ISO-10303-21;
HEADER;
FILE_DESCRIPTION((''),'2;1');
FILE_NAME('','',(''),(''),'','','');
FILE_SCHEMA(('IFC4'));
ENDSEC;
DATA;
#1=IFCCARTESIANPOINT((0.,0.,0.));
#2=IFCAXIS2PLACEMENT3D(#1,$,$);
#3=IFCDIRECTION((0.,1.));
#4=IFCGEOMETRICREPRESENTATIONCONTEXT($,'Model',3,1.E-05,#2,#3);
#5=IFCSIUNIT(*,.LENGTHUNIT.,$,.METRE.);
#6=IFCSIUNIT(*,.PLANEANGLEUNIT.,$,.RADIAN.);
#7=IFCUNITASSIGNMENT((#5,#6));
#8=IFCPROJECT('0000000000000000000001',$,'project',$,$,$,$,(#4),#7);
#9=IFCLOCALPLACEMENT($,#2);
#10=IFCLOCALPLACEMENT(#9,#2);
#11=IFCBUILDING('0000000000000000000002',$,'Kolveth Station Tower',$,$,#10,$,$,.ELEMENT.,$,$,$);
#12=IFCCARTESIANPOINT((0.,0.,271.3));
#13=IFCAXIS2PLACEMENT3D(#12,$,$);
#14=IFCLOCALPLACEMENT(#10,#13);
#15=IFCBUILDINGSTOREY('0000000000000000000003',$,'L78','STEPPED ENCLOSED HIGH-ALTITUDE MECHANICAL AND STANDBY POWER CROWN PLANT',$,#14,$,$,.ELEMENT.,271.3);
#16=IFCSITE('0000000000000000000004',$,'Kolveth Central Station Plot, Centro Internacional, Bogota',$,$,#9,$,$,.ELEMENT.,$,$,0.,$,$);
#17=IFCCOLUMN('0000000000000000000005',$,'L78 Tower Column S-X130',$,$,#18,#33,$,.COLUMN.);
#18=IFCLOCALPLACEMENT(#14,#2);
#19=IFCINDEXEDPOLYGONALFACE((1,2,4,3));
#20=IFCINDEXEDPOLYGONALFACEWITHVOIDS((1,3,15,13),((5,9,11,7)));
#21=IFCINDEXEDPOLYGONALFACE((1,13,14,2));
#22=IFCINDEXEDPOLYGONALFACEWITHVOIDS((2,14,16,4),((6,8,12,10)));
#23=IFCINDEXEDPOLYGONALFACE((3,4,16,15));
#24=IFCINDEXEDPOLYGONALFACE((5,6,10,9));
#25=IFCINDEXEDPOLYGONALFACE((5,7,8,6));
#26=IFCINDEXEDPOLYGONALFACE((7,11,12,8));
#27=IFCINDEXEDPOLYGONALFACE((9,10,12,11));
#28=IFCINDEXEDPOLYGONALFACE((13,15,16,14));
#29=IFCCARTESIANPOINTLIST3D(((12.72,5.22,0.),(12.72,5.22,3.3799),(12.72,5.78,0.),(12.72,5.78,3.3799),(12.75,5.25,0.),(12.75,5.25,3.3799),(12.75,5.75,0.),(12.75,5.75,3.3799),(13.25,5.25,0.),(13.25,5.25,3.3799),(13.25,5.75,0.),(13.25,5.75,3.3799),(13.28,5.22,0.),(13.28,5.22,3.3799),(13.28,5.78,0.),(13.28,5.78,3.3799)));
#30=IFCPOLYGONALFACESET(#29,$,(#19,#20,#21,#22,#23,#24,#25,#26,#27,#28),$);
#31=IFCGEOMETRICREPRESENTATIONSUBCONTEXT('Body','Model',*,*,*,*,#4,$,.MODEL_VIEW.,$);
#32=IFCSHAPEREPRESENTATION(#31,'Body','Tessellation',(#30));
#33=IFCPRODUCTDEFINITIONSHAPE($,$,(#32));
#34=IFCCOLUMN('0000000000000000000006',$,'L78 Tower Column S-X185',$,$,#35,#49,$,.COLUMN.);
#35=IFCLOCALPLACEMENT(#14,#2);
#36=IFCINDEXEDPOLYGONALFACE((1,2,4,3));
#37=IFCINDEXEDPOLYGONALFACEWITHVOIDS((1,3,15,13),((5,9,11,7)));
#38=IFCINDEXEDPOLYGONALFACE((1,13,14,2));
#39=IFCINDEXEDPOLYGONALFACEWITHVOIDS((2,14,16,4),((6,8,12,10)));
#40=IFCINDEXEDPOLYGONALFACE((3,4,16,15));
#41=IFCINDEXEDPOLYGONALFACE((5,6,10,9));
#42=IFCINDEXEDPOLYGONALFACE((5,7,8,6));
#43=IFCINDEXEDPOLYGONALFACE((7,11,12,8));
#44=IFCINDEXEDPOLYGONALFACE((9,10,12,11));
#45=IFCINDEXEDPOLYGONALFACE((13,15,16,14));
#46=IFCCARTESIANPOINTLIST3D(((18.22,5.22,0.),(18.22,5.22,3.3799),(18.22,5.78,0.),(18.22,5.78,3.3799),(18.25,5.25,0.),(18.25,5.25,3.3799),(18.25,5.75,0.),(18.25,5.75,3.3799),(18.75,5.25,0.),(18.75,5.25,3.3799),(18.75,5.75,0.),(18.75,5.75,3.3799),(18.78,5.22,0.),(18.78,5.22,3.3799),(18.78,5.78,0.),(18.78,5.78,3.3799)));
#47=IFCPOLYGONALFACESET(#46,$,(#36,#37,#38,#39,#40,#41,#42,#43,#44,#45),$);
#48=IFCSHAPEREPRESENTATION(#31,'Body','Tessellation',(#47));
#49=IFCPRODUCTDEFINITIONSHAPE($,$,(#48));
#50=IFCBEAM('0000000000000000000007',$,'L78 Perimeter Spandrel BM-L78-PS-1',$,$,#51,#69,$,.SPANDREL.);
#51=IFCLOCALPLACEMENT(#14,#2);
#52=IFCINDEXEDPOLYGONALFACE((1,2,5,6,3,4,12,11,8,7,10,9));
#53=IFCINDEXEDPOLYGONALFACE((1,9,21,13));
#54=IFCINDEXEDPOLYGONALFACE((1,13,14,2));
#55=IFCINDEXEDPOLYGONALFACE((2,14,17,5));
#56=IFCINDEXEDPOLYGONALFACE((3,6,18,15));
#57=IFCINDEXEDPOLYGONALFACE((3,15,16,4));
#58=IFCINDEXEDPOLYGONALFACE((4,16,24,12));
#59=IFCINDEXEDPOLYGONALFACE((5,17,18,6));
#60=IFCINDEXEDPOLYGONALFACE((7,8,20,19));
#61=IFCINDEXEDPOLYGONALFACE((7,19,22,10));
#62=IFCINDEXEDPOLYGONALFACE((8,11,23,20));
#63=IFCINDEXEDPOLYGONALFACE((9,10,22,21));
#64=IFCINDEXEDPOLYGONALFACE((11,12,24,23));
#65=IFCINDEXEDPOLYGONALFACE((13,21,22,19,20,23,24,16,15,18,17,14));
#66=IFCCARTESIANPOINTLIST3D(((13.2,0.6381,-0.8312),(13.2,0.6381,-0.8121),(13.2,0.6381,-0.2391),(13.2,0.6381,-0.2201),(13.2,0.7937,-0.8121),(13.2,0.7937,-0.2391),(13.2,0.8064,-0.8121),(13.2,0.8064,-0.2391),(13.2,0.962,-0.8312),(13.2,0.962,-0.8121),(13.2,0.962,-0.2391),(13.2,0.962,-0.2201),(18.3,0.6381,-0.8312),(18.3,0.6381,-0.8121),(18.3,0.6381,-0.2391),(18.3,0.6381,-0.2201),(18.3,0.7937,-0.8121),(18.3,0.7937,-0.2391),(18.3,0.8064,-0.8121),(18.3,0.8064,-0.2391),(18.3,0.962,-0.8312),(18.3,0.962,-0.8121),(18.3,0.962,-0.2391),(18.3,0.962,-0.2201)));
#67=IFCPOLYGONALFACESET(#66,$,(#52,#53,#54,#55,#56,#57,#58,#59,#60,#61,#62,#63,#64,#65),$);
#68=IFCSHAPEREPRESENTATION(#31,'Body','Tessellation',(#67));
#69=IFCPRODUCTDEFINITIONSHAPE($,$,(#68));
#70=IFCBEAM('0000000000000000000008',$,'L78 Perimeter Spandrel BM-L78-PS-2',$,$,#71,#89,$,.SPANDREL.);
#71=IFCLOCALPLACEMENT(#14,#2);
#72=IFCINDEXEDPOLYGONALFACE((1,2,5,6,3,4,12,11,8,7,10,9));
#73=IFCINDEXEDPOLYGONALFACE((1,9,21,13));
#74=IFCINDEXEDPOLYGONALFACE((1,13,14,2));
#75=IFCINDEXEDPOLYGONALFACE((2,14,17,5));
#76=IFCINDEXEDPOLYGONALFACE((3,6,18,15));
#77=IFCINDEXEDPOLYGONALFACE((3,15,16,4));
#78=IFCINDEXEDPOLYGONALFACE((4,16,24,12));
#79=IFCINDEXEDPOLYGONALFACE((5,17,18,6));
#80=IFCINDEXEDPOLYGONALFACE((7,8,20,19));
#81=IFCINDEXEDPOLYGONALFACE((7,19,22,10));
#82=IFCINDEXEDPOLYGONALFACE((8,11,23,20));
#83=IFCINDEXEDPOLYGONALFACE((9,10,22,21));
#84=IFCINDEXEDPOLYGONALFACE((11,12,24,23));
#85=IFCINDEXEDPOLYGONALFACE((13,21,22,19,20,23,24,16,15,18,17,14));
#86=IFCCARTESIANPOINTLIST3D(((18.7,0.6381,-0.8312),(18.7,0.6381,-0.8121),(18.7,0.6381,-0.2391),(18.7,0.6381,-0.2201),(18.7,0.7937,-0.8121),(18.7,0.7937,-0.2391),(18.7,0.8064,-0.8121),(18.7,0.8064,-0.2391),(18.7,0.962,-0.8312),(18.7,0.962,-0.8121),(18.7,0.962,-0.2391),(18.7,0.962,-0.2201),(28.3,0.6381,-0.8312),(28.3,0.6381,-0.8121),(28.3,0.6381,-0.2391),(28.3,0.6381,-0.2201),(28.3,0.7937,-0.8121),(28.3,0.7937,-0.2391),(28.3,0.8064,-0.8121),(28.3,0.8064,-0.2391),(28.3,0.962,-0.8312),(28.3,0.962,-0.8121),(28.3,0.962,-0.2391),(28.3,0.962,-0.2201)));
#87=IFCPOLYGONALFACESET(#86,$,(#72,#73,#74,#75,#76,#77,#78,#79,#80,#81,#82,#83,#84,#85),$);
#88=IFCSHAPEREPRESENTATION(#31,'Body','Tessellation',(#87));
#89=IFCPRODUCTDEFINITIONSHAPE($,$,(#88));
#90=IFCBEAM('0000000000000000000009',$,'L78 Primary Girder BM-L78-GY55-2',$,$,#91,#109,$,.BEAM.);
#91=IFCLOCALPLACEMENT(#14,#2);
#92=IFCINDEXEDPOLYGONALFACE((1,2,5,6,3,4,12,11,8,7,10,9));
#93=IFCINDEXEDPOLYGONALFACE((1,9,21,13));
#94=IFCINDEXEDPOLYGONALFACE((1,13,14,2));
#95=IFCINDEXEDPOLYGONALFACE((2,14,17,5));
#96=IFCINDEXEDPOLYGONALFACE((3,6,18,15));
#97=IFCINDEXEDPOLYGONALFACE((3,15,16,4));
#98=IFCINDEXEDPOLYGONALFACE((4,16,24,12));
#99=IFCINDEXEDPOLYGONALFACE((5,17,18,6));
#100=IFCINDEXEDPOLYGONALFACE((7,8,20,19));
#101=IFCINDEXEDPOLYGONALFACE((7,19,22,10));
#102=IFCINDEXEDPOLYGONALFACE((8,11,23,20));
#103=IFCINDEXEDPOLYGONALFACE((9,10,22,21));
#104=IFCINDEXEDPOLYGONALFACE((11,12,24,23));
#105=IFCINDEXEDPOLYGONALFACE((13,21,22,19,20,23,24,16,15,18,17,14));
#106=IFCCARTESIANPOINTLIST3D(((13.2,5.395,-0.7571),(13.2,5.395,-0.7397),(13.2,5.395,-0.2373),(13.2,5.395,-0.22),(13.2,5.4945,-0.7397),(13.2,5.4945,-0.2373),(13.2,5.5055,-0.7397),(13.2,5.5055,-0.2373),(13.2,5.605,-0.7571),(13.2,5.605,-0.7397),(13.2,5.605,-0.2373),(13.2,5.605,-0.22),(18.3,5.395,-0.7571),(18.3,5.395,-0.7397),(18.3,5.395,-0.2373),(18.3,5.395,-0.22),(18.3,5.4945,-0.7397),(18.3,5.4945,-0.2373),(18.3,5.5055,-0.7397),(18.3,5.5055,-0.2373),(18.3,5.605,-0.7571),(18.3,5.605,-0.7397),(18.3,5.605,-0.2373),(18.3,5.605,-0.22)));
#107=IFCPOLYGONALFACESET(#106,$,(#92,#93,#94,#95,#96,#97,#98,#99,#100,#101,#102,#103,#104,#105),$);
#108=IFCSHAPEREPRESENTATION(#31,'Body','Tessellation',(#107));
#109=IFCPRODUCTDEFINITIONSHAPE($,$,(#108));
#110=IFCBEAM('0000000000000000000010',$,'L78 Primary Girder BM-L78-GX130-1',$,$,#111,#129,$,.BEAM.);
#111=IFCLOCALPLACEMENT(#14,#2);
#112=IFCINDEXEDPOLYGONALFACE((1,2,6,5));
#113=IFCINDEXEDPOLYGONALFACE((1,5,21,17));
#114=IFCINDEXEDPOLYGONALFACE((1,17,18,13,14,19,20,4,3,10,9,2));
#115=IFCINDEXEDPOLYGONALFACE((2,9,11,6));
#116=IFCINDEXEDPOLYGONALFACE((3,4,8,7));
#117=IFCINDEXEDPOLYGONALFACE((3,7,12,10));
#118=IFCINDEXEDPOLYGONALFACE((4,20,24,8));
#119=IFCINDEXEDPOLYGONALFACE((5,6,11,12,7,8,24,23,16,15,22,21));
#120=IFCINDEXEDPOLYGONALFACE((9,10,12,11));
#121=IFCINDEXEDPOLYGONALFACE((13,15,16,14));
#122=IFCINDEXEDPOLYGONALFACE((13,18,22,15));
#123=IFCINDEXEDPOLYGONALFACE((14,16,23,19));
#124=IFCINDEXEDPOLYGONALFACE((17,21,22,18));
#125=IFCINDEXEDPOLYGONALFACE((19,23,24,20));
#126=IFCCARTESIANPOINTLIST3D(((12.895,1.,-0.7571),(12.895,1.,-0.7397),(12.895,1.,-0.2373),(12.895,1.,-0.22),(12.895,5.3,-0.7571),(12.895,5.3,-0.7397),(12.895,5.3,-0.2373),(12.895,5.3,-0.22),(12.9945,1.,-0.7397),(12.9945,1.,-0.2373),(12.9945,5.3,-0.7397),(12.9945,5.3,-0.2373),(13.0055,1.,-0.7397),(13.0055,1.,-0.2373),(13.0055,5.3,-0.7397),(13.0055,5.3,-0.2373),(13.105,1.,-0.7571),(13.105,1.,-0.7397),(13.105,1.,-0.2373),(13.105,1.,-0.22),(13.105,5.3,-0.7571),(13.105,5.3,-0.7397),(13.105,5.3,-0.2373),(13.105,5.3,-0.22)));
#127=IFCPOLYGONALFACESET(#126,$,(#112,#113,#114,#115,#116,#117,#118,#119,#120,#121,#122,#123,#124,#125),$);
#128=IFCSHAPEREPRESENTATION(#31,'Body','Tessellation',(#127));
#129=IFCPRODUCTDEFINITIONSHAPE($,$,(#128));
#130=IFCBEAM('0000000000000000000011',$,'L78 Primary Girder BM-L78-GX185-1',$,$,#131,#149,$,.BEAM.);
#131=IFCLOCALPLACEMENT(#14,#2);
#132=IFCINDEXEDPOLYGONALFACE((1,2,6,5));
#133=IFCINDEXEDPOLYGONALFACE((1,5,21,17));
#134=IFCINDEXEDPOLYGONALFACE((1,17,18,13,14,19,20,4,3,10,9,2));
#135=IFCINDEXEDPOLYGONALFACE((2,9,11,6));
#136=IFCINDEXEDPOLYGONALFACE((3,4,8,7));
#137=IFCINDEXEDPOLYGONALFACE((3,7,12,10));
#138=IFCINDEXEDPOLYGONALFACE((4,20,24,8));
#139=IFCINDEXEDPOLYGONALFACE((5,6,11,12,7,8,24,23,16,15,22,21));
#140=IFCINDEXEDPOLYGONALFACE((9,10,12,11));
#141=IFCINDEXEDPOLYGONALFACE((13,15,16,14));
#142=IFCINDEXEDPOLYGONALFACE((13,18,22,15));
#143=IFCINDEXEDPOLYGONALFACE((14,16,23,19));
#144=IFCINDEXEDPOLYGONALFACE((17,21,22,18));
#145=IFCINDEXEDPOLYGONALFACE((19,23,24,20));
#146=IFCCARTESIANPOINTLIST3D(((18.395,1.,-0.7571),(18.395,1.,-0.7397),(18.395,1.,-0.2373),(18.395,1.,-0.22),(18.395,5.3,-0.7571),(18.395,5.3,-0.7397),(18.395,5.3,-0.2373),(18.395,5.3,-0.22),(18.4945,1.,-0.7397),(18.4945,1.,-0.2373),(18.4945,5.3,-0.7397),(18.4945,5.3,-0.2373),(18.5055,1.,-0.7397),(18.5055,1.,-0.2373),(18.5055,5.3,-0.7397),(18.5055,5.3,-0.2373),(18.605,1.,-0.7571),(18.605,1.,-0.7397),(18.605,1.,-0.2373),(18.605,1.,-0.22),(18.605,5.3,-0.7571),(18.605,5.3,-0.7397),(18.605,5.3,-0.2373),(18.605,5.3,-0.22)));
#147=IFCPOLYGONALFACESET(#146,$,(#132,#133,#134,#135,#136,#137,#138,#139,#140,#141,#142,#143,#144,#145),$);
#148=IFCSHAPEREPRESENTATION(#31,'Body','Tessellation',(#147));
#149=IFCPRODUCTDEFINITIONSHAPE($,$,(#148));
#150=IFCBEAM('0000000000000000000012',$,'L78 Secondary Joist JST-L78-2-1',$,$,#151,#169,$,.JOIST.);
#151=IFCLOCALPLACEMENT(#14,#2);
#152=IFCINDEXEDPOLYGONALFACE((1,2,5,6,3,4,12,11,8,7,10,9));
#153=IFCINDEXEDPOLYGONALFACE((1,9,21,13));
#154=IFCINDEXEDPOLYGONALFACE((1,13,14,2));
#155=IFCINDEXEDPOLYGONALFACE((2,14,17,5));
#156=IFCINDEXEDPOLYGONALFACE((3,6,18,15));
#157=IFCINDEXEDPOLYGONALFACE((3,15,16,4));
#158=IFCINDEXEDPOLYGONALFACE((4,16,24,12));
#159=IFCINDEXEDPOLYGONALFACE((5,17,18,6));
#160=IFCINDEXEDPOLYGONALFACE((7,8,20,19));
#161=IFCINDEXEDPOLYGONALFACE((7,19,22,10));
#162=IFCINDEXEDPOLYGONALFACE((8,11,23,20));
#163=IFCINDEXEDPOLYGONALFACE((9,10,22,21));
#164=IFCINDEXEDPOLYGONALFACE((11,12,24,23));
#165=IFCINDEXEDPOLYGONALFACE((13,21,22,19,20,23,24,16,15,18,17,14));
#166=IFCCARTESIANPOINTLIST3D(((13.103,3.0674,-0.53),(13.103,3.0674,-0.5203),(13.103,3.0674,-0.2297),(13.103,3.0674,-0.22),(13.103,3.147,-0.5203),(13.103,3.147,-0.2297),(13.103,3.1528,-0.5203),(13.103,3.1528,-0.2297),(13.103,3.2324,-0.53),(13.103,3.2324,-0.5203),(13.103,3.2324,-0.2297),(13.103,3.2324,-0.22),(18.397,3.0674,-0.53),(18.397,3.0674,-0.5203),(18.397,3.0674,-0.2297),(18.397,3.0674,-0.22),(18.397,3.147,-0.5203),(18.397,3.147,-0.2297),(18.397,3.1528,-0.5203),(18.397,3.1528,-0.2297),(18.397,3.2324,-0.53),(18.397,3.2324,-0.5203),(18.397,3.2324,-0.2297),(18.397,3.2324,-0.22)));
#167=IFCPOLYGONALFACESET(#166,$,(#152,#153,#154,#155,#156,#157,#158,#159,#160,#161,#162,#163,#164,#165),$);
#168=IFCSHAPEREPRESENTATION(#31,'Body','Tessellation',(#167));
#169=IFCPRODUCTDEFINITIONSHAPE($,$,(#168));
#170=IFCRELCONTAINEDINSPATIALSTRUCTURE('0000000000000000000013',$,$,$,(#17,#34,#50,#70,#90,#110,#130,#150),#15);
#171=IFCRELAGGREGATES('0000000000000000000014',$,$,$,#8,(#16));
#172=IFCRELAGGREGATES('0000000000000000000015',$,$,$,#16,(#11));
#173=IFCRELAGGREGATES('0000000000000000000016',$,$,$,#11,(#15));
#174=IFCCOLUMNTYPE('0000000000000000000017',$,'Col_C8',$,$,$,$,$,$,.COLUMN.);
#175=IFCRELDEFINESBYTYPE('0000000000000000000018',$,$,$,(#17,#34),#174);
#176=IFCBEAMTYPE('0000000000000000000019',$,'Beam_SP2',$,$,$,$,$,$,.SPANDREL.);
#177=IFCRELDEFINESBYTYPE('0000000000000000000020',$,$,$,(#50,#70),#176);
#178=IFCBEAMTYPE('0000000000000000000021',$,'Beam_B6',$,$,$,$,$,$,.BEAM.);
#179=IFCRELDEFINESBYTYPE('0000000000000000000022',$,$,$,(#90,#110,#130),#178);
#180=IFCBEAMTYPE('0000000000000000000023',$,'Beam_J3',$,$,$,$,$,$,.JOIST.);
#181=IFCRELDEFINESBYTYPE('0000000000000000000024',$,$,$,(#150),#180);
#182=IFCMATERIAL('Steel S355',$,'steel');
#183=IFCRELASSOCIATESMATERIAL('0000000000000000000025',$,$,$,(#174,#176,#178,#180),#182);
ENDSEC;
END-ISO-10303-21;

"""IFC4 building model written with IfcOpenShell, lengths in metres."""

from ifc_helpers import new_model, si_unit, direction, frame, origin, origin_2d, place, context, subcontext, project, spatial, hollow_rectangle, i_section, extrude, source, transform, mapped, material, material_profile, profile_set, type_object, element, save


model = new_model("IFC4")

# Units and contexts
model_context = context("Model", 3, precision=1e-05, world=origin(), true_north=direction((0.0, 1.0)))
body_context = subcontext(model_context, "Body", "Model", "MODEL_VIEW")
ifc_project = project(units=[si_unit("LENGTHUNIT", "METRE"), si_unit("PLANEANGLEUNIT", "RADIAN")], contexts=[model_context])

# Site, building, storey
site_placement = place(None, origin())
site = spatial("IfcSite", under=ifc_project, at=site_placement, Name="Kolveth Central Station Plot, Centro Internacional, Bogota", CompositionType="ELEMENT", RefElevation=0.0)
building_placement = place(site_placement, origin())
building = spatial("IfcBuilding", under=site, at=building_placement, Name="Kolveth Station Tower", CompositionType="ELEMENT")
storey_placement = place(building_placement, frame((0.0, 0.0, 271.3)))
storey = spatial("IfcBuildingStorey", under=building, at=storey_placement, Name="L78", Description="STEPPED ENCLOSED HIGH-ALTITUDE MECHANICAL AND STANDBY POWER CROWN PLANT", CompositionType="ELEMENT", Elevation=271.3)

# Columns
ifc_material_1 = material(Name="Steel S355", Category="steel")
ifc_material_profile_1 = material_profile(ifc_material_1, hollow_rectangle(XDim=0.5601, YDim=0.5601, WallThickness=0.03, at=origin_2d()), Name="BOX560x560x30")
ifc_profile_set_1 = profile_set([ifc_material_profile_1], Name="Steel S355")
column_type = type_object("IfcColumnType", Name="Col_C8", PredefinedType="COLUMN", material=ifc_profile_set_1)
shared_shape_1 = source(origin(), body_context, "Body", "SweptSolid", [
    extrude(hollow_rectangle(XDim=0.5601, YDim=0.5601, WallThickness=0.03, at=origin_2d()), origin(), (0.0, 0.0, 1.0), 3.3799),
])
for number, where, z_axis, x_axis, name in (
    (1, (13.0, 5.5, 0.0), (0.0, 0.0, 1.0), (1.0, 0.0, 0.0), "L78 Tower Column S-X130"),
    (2, (18.5, 5.5, 0.0), (0.0, 0.0, 1.0), (1.0, 0.0, 0.0), "L78 Tower Column S-X185"),
):
    element("IfcColumn", number, at=place(storey_placement, frame(where, z_axis=z_axis, x_axis=x_axis)), inside=storey, type_object=column_type, Name=name, PredefinedType="COLUMN", context=body_context, shape_type="MappedRepresentation", body=[
        mapped(shared_shape_1, transform((0.0, 0.0, 0.0), x_axis=(1.0, 0.0, 0.0), y_axis=(0.0, 1.0, 0.0), z_axis=(0.0, 0.0, 1.0), scale=1.0)),
    ])

# Beams
ifc_material_profile_2 = material_profile(ifc_material_1, i_section(OverallWidth=0.324, OverallDepth=0.6111, WebThickness=0.0127, FlangeThickness=0.019, at=origin_2d()), Name="W610x155")
ifc_profile_set_2 = profile_set([ifc_material_profile_2], Name="Steel S355")
beam_type_1 = type_object("IfcBeamType", Name="Beam_SP2", PredefinedType="SPANDREL", material=ifc_profile_set_2)
shared_shape_2 = source(origin(), body_context, "Body", "SweptSolid", [
    extrude(i_section(OverallWidth=0.324, OverallDepth=0.6111, WebThickness=0.0127, FlangeThickness=0.019, at=origin_2d()), origin(), (0.0, 0.0, 1.0), 5.1001),
])
beam_1_placement = place(storey_placement, frame((13.2, 0.8, -0.5256), z_axis=(1.0, 0.0, 0.0), x_axis=(0.0, 1.0, 0.0)))
element("IfcBeam", 3, at=beam_1_placement, inside=storey, type_object=beam_type_1, Name="L78 Perimeter Spandrel BM-L78-PS-1", PredefinedType="SPANDREL", context=body_context, shape_type="MappedRepresentation", body=[
    mapped(shared_shape_2, transform((0.0, 0.0, 0.0), x_axis=(1.0, 0.0, 0.0), y_axis=(0.0, 1.0, 0.0), z_axis=(0.0, 0.0, 1.0), scale=1.0)),
])
shared_shape_3 = source(origin(), body_context, "Body", "SweptSolid", [
    extrude(i_section(OverallWidth=0.324, OverallDepth=0.6111, WebThickness=0.0127, FlangeThickness=0.019, at=origin_2d()), origin(), (0.0, 0.0, 1.0), 9.6001),
])
beam_2_placement = place(storey_placement, frame((18.7, 0.8, -0.5256), z_axis=(1.0, 0.0, 0.0), x_axis=(0.0, 1.0, 0.0)))
element("IfcBeam", 4, at=beam_2_placement, inside=storey, type_object=beam_type_1, Name="L78 Perimeter Spandrel BM-L78-PS-2", PredefinedType="SPANDREL", context=body_context, shape_type="MappedRepresentation", body=[
    mapped(shared_shape_3, transform((0.0, 0.0, 0.0), x_axis=(1.0, 0.0, 0.0), y_axis=(0.0, 1.0, 0.0), z_axis=(0.0, 0.0, 1.0), scale=1.0)),
])
ifc_material_profile_3 = material_profile(ifc_material_1, i_section(OverallWidth=0.21, OverallDepth=0.5371, WebThickness=0.011, FlangeThickness=0.0173, at=origin_2d()), Name="W530x101")
ifc_profile_set_3 = profile_set([ifc_material_profile_3], Name="Steel S355")
beam_type_2 = type_object("IfcBeamType", Name="Beam_B6", PredefinedType="BEAM", material=ifc_profile_set_3)
shared_shape_4 = source(origin(), body_context, "Body", "SweptSolid", [
    extrude(i_section(OverallWidth=0.21, OverallDepth=0.5371, WebThickness=0.011, FlangeThickness=0.0173, at=origin_2d()), origin(), (0.0, 0.0, 1.0), 5.1001),
])
beam_3_placement = place(storey_placement, frame((13.2, 5.5, -0.4885), z_axis=(1.0, 0.0, 0.0), x_axis=(0.0, 1.0, 0.0)))
element("IfcBeam", 5, at=beam_3_placement, inside=storey, type_object=beam_type_2, Name="L78 Primary Girder BM-L78-GY55-2", PredefinedType="BEAM", context=body_context, shape_type="MappedRepresentation", body=[
    mapped(shared_shape_4, transform((0.0, 0.0, 0.0), x_axis=(1.0, 0.0, 0.0), y_axis=(0.0, 1.0, 0.0), z_axis=(0.0, 0.0, 1.0), scale=1.0)),
])
shared_shape_5 = source(origin(), body_context, "Body", "SweptSolid", [
    extrude(i_section(OverallWidth=0.21, OverallDepth=0.5371, WebThickness=0.011, FlangeThickness=0.0173, at=origin_2d()), origin(), (0.0, 0.0, 1.0), 4.3),
])
for number, where, z_axis, x_axis, name in (
    (6, (13.0, 1.0, -0.4885), (0.0, 1.0, 0.0), (-1.0, 0.0, 0.0), "L78 Primary Girder BM-L78-GX130-1"),
    (7, (18.5, 1.0, -0.4885), (0.0, 1.0, 0.0), (-1.0, 0.0, 0.0), "L78 Primary Girder BM-L78-GX185-1"),
):
    element("IfcBeam", number, at=place(storey_placement, frame(where, z_axis=z_axis, x_axis=x_axis)), inside=storey, type_object=beam_type_2, Name=name, PredefinedType="BEAM", context=body_context, shape_type="MappedRepresentation", body=[
        mapped(shared_shape_5, transform((0.0, 0.0, 0.0), x_axis=(1.0, 0.0, 0.0), y_axis=(0.0, 1.0, 0.0), z_axis=(0.0, 0.0, 1.0), scale=1.0)),
    ])
ifc_material_profile_4 = material_profile(ifc_material_1, i_section(OverallWidth=0.165, OverallDepth=0.3101, WebThickness=0.0059, FlangeThickness=0.0098, at=origin_2d()), Name="W310x39")
ifc_profile_set_4 = profile_set([ifc_material_profile_4], Name="Steel S355")
beam_type_3 = type_object("IfcBeamType", Name="Beam_J3", PredefinedType="JOIST", material=ifc_profile_set_4)
shared_shape_6 = source(origin(), body_context, "Body", "SweptSolid", [
    extrude(i_section(OverallWidth=0.165, OverallDepth=0.3101, WebThickness=0.0059, FlangeThickness=0.0098, at=origin_2d()), origin(), (0.0, 0.0, 1.0), 5.2939),
])
beam_4_placement = place(storey_placement, frame((13.103, 3.1499, -0.375), z_axis=(1.0, 0.0, 0.0), x_axis=(0.0, 1.0, 0.0)))
element("IfcBeam", 8, at=beam_4_placement, inside=storey, type_object=beam_type_3, Name="L78 Secondary Joist JST-L78-2-1", PredefinedType="JOIST", context=body_context, shape_type="MappedRepresentation", body=[
    mapped(shared_shape_6, transform((0.0, 0.0, 0.0), x_axis=(1.0, 0.0, 0.0), y_axis=(0.0, 1.0, 0.0), z_axis=(0.0, 0.0, 1.0), scale=1.0)),
])

save(model, "model.ifc")
